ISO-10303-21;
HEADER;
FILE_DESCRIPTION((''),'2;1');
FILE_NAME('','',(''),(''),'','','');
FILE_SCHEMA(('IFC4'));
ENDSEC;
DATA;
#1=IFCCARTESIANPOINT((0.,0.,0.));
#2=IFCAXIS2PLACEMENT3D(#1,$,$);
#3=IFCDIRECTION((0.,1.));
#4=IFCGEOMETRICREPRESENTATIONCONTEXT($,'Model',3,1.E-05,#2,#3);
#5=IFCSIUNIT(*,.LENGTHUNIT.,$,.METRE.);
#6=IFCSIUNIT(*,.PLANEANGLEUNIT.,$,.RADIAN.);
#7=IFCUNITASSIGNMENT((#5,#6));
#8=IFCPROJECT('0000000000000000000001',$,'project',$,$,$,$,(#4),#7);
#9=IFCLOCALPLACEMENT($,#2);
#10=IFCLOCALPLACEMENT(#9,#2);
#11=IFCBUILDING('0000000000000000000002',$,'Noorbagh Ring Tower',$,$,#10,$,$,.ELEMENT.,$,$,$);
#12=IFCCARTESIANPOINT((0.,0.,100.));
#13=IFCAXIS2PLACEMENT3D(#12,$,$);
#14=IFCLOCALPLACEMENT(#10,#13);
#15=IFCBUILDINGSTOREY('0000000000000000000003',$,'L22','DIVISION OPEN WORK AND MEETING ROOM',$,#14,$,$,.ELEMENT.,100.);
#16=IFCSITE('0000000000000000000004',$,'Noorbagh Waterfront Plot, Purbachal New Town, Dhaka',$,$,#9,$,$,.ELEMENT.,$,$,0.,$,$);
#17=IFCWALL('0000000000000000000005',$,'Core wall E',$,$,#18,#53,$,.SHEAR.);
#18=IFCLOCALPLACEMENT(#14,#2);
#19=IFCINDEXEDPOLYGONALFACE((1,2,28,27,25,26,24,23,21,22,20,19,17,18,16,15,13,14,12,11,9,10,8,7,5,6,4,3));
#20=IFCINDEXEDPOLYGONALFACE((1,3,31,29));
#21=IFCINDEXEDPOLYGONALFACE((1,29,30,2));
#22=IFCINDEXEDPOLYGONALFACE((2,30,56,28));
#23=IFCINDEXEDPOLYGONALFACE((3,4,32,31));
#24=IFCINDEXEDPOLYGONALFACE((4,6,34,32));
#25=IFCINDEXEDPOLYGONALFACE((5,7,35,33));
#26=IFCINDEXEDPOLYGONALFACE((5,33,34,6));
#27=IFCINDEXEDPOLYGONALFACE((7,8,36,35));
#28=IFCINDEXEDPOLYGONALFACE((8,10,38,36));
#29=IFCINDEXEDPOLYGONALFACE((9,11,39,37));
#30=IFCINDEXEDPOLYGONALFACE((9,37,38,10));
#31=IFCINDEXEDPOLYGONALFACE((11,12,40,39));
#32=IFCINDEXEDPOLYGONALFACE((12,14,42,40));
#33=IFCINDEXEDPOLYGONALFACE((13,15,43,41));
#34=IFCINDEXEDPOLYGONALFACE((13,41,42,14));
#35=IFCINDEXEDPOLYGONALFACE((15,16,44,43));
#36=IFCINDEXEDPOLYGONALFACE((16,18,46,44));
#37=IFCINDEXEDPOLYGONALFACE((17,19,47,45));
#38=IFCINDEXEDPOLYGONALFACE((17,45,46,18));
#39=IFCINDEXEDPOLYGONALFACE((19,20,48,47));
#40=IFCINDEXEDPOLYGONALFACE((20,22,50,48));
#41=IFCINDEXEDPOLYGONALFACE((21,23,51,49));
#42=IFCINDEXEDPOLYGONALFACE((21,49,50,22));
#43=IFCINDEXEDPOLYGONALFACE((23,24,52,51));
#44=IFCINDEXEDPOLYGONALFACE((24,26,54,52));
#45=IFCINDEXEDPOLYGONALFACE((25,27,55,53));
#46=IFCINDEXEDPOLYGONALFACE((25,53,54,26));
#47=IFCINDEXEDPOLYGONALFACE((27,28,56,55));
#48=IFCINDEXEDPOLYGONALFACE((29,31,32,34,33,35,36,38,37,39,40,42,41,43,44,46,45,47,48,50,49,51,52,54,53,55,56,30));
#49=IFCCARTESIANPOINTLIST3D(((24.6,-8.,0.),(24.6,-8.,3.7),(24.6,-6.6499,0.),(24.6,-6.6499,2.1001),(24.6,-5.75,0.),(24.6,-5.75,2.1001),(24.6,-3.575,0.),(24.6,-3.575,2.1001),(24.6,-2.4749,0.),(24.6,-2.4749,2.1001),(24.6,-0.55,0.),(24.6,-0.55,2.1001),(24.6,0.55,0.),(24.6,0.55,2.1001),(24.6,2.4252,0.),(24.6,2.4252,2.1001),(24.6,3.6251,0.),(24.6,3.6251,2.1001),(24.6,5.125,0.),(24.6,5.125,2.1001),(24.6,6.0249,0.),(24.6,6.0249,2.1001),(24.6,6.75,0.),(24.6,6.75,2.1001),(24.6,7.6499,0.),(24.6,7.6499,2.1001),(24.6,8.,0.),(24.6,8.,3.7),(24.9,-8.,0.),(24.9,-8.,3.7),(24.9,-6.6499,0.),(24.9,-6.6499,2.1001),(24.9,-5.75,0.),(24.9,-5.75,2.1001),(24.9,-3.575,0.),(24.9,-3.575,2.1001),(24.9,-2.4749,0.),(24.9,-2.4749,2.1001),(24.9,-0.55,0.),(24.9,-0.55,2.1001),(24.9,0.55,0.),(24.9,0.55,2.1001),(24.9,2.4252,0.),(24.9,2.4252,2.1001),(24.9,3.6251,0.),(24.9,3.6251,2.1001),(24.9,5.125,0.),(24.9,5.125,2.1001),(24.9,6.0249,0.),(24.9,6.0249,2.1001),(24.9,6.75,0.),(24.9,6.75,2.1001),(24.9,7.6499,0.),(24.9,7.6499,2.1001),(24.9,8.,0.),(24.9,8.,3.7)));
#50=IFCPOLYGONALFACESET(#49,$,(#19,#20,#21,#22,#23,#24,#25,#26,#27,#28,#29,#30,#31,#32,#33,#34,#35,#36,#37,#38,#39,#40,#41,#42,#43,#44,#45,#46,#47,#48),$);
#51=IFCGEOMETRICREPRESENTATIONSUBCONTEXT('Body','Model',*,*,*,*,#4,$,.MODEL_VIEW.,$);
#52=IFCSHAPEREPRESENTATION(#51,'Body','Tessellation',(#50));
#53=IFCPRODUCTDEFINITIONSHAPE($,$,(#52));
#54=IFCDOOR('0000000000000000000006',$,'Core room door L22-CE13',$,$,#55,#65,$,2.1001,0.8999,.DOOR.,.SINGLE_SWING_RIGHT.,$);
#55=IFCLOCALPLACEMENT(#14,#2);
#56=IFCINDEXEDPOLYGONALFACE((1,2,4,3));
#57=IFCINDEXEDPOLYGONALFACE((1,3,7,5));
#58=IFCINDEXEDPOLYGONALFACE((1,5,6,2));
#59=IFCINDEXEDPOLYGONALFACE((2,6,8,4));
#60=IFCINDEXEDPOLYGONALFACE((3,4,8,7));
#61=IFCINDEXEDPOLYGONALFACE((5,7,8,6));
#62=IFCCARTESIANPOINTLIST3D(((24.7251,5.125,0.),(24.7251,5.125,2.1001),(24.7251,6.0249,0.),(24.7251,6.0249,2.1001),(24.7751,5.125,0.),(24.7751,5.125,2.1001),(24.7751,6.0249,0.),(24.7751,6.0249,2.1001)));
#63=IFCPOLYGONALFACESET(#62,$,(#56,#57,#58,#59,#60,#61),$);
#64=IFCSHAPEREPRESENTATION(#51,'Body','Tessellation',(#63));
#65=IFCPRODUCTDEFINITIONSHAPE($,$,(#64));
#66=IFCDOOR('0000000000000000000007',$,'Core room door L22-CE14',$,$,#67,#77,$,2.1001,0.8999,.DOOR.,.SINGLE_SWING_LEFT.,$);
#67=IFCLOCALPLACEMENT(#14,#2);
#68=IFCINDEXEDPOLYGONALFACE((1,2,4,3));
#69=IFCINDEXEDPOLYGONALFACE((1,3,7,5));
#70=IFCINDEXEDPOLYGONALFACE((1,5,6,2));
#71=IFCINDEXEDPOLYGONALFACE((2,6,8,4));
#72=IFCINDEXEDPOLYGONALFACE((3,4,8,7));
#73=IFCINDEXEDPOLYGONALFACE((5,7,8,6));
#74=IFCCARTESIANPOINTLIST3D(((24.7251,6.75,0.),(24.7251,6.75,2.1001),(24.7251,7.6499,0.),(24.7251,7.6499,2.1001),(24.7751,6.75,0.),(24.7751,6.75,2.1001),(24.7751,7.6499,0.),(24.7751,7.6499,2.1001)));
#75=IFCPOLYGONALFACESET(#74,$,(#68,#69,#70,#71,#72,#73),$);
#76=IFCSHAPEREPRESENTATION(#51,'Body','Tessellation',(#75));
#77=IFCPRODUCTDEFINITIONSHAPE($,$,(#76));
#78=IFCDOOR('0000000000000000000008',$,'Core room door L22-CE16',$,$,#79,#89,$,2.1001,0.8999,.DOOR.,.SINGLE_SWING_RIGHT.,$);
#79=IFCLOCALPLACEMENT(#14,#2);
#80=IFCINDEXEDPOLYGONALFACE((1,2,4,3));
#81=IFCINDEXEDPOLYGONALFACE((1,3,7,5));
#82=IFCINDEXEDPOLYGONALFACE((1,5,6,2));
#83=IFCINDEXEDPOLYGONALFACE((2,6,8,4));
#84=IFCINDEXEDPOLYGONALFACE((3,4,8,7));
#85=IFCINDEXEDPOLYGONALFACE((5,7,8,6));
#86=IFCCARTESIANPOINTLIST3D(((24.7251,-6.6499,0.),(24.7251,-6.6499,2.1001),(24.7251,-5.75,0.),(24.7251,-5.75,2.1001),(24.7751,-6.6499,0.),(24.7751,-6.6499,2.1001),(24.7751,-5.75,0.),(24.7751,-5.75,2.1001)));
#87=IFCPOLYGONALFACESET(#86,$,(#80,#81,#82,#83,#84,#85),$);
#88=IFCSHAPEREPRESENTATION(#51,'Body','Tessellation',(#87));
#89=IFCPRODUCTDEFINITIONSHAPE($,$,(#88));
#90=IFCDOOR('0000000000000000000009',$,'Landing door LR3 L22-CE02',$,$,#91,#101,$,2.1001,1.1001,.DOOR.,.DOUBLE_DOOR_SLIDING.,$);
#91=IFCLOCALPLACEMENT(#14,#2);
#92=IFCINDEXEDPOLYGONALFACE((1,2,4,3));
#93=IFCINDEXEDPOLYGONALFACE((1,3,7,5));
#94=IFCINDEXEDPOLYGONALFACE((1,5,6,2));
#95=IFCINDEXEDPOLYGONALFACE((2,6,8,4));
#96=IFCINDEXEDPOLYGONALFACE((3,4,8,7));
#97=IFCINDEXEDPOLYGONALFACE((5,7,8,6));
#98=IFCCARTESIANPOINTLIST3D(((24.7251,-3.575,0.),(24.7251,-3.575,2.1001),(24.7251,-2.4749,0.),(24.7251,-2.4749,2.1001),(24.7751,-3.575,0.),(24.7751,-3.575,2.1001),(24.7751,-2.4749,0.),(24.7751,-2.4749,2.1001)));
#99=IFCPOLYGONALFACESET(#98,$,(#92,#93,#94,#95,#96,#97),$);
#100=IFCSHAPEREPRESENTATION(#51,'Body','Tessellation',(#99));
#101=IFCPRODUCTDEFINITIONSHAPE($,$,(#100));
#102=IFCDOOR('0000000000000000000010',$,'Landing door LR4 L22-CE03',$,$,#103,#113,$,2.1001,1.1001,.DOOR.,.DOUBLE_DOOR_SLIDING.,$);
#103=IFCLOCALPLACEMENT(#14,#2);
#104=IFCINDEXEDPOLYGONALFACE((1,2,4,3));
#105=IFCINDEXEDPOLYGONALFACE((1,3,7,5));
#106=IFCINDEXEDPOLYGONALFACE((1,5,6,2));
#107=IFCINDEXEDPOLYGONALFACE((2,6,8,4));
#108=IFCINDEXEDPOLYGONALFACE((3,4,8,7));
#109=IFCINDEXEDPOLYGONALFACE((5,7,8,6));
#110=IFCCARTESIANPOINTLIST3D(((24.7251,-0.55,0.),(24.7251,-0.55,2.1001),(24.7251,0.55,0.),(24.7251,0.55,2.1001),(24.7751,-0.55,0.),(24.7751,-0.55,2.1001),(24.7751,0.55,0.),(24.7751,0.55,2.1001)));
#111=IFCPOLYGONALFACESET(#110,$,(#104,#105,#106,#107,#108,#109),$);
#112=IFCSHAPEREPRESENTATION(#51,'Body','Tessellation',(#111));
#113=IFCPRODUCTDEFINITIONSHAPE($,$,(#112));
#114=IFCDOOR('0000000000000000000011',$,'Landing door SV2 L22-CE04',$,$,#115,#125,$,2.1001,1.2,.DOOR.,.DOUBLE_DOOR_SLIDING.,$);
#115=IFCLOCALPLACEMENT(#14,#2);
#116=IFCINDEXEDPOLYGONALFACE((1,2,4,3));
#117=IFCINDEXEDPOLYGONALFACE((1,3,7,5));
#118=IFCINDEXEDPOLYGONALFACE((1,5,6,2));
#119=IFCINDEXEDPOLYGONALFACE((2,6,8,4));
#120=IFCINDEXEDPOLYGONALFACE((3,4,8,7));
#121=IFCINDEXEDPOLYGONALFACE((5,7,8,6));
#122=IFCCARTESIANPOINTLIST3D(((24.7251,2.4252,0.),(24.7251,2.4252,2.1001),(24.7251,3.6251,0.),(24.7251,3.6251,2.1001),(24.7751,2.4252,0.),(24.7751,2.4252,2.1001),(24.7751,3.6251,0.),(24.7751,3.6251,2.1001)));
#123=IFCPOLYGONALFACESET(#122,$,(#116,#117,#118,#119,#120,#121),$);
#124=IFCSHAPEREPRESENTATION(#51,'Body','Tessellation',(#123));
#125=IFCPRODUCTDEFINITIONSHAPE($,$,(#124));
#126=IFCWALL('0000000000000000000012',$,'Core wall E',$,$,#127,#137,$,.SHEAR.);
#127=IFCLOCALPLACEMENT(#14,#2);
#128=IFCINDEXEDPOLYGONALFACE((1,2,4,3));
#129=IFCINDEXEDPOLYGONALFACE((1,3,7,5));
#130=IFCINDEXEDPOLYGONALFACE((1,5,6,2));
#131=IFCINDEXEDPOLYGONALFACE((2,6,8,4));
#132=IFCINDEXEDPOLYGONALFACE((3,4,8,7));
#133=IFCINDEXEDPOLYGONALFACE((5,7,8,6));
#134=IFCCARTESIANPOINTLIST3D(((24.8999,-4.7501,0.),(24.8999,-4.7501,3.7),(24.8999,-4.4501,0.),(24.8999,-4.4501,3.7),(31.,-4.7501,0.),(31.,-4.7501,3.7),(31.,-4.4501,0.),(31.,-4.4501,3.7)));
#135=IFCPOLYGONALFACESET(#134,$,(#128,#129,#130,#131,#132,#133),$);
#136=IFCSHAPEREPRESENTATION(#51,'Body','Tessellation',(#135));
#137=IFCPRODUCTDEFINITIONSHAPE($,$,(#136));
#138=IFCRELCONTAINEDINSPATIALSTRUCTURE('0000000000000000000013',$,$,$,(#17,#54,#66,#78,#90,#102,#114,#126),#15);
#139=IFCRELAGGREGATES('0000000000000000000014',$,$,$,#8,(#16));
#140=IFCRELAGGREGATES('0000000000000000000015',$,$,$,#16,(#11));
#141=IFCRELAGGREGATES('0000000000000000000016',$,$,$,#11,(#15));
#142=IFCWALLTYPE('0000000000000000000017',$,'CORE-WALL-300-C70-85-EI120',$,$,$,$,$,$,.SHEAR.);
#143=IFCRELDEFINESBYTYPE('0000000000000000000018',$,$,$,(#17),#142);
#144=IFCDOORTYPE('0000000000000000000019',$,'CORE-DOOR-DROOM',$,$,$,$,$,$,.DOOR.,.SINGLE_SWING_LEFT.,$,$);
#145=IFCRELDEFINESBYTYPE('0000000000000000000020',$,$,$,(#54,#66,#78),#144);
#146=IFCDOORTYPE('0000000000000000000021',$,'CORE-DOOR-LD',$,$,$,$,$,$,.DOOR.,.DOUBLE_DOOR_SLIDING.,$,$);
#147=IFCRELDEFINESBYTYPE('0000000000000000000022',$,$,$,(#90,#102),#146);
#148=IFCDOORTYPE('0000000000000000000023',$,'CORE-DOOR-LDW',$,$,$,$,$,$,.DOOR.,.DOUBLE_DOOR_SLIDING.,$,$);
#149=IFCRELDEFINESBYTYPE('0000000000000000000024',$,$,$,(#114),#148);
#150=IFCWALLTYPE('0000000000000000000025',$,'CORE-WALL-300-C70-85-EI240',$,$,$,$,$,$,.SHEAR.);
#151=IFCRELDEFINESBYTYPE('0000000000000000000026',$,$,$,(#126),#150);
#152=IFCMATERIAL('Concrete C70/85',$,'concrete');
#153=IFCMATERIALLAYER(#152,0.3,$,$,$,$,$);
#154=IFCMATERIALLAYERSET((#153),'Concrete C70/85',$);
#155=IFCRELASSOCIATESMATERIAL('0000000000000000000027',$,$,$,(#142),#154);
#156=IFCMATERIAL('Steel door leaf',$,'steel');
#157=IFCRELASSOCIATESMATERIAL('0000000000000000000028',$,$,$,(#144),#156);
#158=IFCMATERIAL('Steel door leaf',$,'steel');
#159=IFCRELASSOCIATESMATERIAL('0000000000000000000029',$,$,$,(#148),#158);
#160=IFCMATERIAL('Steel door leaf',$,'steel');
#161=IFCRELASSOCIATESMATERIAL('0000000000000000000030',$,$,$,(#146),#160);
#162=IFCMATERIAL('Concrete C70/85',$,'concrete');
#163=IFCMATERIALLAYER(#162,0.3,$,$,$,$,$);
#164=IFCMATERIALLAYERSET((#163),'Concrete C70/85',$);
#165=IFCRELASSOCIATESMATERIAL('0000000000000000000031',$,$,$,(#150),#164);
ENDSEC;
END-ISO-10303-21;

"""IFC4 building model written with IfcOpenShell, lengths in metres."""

from ifc_helpers import new_model, si_unit, direction, frame, frame_2d, origin, place, context, subcontext, project, spatial, rectangle, extrude, material, layer, layer_set, type_object, element, fill, save


model = new_model("IFC4")

# Units and contexts
model_context = context("Model", 3, precision=1e-05, world=origin(), true_north=direction((0.0, 1.0)))
body_context = subcontext(model_context, "Body", "Model", "MODEL_VIEW")
ifc_project = project(units=[si_unit("LENGTHUNIT", "METRE"), si_unit("PLANEANGLEUNIT", "RADIAN")], contexts=[model_context])

# Site, building, storey
site_placement = place(None, origin())
site = spatial("IfcSite", under=ifc_project, at=site_placement, Name="Noorbagh Waterfront Plot, Purbachal New Town, Dhaka", CompositionType="ELEMENT", RefElevation=0.0)
building_placement = place(site_placement, origin())
building = spatial("IfcBuilding", under=site, at=building_placement, Name="Noorbagh Ring Tower", CompositionType="ELEMENT")
storey_placement = place(building_placement, frame((0.0, 0.0, 100.0)))
storey = spatial("IfcBuildingStorey", under=building, at=storey_placement, Name="L22", Description="DIVISION OPEN WORK AND MEETING ROOM", CompositionType="ELEMENT", Elevation=100.0)

# Shared definitions
ifc_material_1 = material(Name="Concrete C70/85", Category="concrete")
ifc_layer_1 = layer(ifc_material_1, 0.3)
ifc_layer_set_1 = layer_set([ifc_layer_1], Name="Concrete C70/85")
wall_type_1 = type_object("IfcWallType", Name="CORE-WALL-300-C70-85-EI120", PredefinedType="SHEAR", material=ifc_layer_set_1)

# Wall, openings, doors
ifc_material_2 = material(Name="Steel door leaf", Category="steel")
door_type_1 = type_object("IfcDoorType", Name="CORE-DOOR-DROOM", OperationType="SINGLE_SWING_LEFT", PredefinedType="DOOR", material=ifc_material_2)
ifc_material_3 = material(Name="Steel door leaf", Category="steel")
door_type_2 = type_object("IfcDoorType", Name="CORE-DOOR-LDW", OperationType="DOUBLE_DOOR_SLIDING", PredefinedType="DOOR", material=ifc_material_3)
wall_1_placement = place(storey_placement, frame((24.75, -8.0, 0.0), z_axis=(0.0, 0.0, 1.0), x_axis=(0.0, 1.0, 0.0)))
wall_1 = element("IfcWall", 1, at=wall_1_placement, inside=storey, type_object=wall_type_1, Name="Core wall E", PredefinedType="SHEAR", context=body_context, shape_type="SweptSolid", body=[
    extrude(rectangle(XDim=16.0, YDim=0.3, at=frame_2d((8.0, 0.0))), origin(), (0.0, 0.0, 1.0), 3.7),
])
opening_1_placement = place(wall_1_placement, frame((4.425, 0.0, 0.0)))
opening_1 = element("IfcOpeningElement", 2, at=opening_1_placement, cuts=wall_1, PredefinedType="OPENING", context=body_context, shape_type="SweptSolid", body=[
    extrude(rectangle(XDim=1.1001, YDim=2.1001, at=frame_2d((0.55, 1.05))), frame((0.0, 0.1602, 0.0), z_axis=(0.0, -1.0, 0.0), x_axis=(1.0, 0.0, 0.0)), (0.0, 0.0, 1.0), 0.3201),
])
opening_2_placement = place(wall_1_placement, frame((7.45, 0.0, 0.0)))
opening_2 = element("IfcOpeningElement", 3, at=opening_2_placement, cuts=wall_1, PredefinedType="OPENING", context=body_context, shape_type="SweptSolid", body=[
    extrude(rectangle(XDim=1.1001, YDim=2.1001, at=frame_2d((0.55, 1.05))), frame((0.0, 0.1602, 0.0), z_axis=(0.0, -1.0, 0.0), x_axis=(1.0, 0.0, 0.0)), (0.0, 0.0, 1.0), 0.3201),
])
opening_3_placement = place(wall_1_placement, frame((10.425, 0.0, 0.0)))
opening_3 = element("IfcOpeningElement", 4, at=opening_3_placement, cuts=wall_1, PredefinedType="OPENING", context=body_context, shape_type="SweptSolid", body=[
    extrude(rectangle(XDim=1.2, YDim=2.1001, at=frame_2d((0.6001, 1.05))), frame((0.0, 0.1602, 0.0), z_axis=(0.0, -1.0, 0.0), x_axis=(1.0, 0.0, 0.0)), (0.0, 0.0, 1.0), 0.3201),
])
opening_4_placement = place(wall_1_placement, frame((13.125, 0.0, 0.0)))
opening_4 = element("IfcOpeningElement", 5, at=opening_4_placement, cuts=wall_1, PredefinedType="OPENING", context=body_context, shape_type="SweptSolid", body=[
    extrude(rectangle(XDim=0.8999, YDim=2.1001, at=frame_2d((0.45, 1.05))), frame((0.0, 0.1602, 0.0), z_axis=(0.0, -1.0, 0.0), x_axis=(1.0, 0.0, 0.0)), (0.0, 0.0, 1.0), 0.3201),
])
opening_5_placement = place(wall_1_placement, frame((14.75, 0.0, 0.0)))
opening_5 = element("IfcOpeningElement", 6, at=opening_5_placement, cuts=wall_1, PredefinedType="OPENING", context=body_context, shape_type="SweptSolid", body=[
    extrude(rectangle(XDim=0.8999, YDim=2.1001, at=frame_2d((0.45, 1.05))), frame((0.0, 0.1602, 0.0), z_axis=(0.0, -1.0, 0.0), x_axis=(1.0, 0.0, 0.0)), (0.0, 0.0, 1.0), 0.3201),
])
opening_6_placement = place(wall_1_placement, frame((1.3501, 0.0, 0.0)))
opening_6 = element("IfcOpeningElement", 7, at=opening_6_placement, cuts=wall_1, PredefinedType="OPENING", context=body_context, shape_type="SweptSolid", body=[
    extrude(rectangle(XDim=0.8999, YDim=2.1001, at=frame_2d((0.45, 1.05))), frame((0.0, 0.1602, 0.0), z_axis=(0.0, -1.0, 0.0), x_axis=(1.0, 0.0, 0.0)), (0.0, 0.0, 1.0), 0.3201),
])
door_1_placement = place(opening_4_placement, origin())
door_1 = element("IfcDoor", 8, at=door_1_placement, inside=storey, type_object=door_type_1, Name="Core room door L22-CE13", OperationType="SINGLE_SWING_RIGHT", OverallHeight=2.1001, OverallWidth=0.8999, PredefinedType="DOOR", context=body_context, shape_type="SweptSolid", body=[
    extrude(rectangle(XDim=0.8999, YDim=2.1001, at=frame_2d((0.45, 1.05))), frame((0.0, 0.0249, 0.0), z_axis=(0.0, -1.0, 0.0), x_axis=(1.0, 0.0, 0.0)), (0.0, 0.0, 1.0), 0.05),
])
fill(opening_4, door_1)
door_2_placement = place(opening_5_placement, origin())
door_2 = element("IfcDoor", 9, at=door_2_placement, inside=storey, type_object=door_type_1, Name="Core room door L22-CE14", OperationType="SINGLE_SWING_LEFT", OverallHeight=2.1001, OverallWidth=0.8999, PredefinedType="DOOR", context=body_context, shape_type="SweptSolid", body=[
    extrude(rectangle(XDim=0.8999, YDim=2.1001, at=frame_2d((0.45, 1.05))), frame((0.0, 0.0249, 0.0), z_axis=(0.0, -1.0, 0.0), x_axis=(1.0, 0.0, 0.0)), (0.0, 0.0, 1.0), 0.05),
])
fill(opening_5, door_2)
door_3_placement = place(opening_6_placement, origin())
door_3 = element("IfcDoor", 10, at=door_3_placement, inside=storey, type_object=door_type_1, Name="Core room door L22-CE16", OperationType="SINGLE_SWING_RIGHT", OverallHeight=2.1001, OverallWidth=0.8999, PredefinedType="DOOR", context=body_context, shape_type="SweptSolid", body=[
    extrude(rectangle(XDim=0.8999, YDim=2.1001, at=frame_2d((0.45, 1.05))), frame((0.0, 0.0249, 0.0), z_axis=(0.0, -1.0, 0.0), x_axis=(1.0, 0.0, 0.0)), (0.0, 0.0, 1.0), 0.05),
])
fill(opening_6, door_3)
ifc_material_4 = material(Name="Steel door leaf", Category="steel")
door_type_3 = type_object("IfcDoorType", Name="CORE-DOOR-LD", OperationType="DOUBLE_DOOR_SLIDING", PredefinedType="DOOR", material=ifc_material_4)
door_4_placement = place(opening_1_placement, origin())
door_4 = element("IfcDoor", 11, at=door_4_placement, inside=storey, type_object=door_type_3, Name="Landing door LR3 L22-CE02", OperationType="DOUBLE_DOOR_SLIDING", OverallHeight=2.1001, OverallWidth=1.1001, PredefinedType="DOOR", context=body_context, shape_type="SweptSolid", body=[
    extrude(rectangle(XDim=1.1001, YDim=2.1001, at=frame_2d((0.55, 1.05))), frame((0.0, 0.0249, 0.0), z_axis=(0.0, -1.0, 0.0), x_axis=(1.0, 0.0, 0.0)), (0.0, 0.0, 1.0), 0.05),
])
fill(opening_1, door_4)
door_5_placement = place(opening_2_placement, origin())
door_5 = element("IfcDoor", 12, at=door_5_placement, inside=storey, type_object=door_type_3, Name="Landing door LR4 L22-CE03", OperationType="DOUBLE_DOOR_SLIDING", OverallHeight=2.1001, OverallWidth=1.1001, PredefinedType="DOOR", context=body_context, shape_type="SweptSolid", body=[
    extrude(rectangle(XDim=1.1001, YDim=2.1001, at=frame_2d((0.55, 1.05))), frame((0.0, 0.0249, 0.0), z_axis=(0.0, -1.0, 0.0), x_axis=(1.0, 0.0, 0.0)), (0.0, 0.0, 1.0), 0.05),
])
fill(opening_2, door_5)
door_6_placement = place(opening_3_placement, origin())
door_6 = element("IfcDoor", 13, at=door_6_placement, inside=storey, type_object=door_type_2, Name="Landing door SV2 L22-CE04", OperationType="DOUBLE_DOOR_SLIDING", OverallHeight=2.1001, OverallWidth=1.2, PredefinedType="DOOR", context=body_context, shape_type="SweptSolid", body=[
    extrude(rectangle(XDim=1.2, YDim=2.1001, at=frame_2d((0.6001, 1.05))), frame((0.0, 0.0249, 0.0), z_axis=(0.0, -1.0, 0.0), x_axis=(1.0, 0.0, 0.0)), (0.0, 0.0, 1.0), 0.05),
])
fill(opening_3, door_6)

# Wall
ifc_material_5 = material(Name="Concrete C70/85", Category="concrete")
ifc_layer_2 = layer(ifc_material_5, 0.3)
ifc_layer_set_2 = layer_set([ifc_layer_2], Name="Concrete C70/85")
wall_type_2 = type_object("IfcWallType", Name="CORE-WALL-300-C70-85-EI240", PredefinedType="SHEAR", material=ifc_layer_set_2)
wall_2_placement = place(storey_placement, frame((24.8999, -4.6001, 0.0), z_axis=(0.0, 0.0, 1.0), x_axis=(1.0, 0.0, 0.0)))
element("IfcWall", 14, at=wall_2_placement, inside=storey, type_object=wall_type_2, Name="Core wall E", PredefinedType="SHEAR", context=body_context, shape_type="SweptSolid", body=[
    extrude(rectangle(XDim=6.1001, YDim=0.3, at=frame_2d((3.05, 0.0))), origin(), (0.0, 0.0, 1.0), 3.7),
])

save(model, "model.ifc")
